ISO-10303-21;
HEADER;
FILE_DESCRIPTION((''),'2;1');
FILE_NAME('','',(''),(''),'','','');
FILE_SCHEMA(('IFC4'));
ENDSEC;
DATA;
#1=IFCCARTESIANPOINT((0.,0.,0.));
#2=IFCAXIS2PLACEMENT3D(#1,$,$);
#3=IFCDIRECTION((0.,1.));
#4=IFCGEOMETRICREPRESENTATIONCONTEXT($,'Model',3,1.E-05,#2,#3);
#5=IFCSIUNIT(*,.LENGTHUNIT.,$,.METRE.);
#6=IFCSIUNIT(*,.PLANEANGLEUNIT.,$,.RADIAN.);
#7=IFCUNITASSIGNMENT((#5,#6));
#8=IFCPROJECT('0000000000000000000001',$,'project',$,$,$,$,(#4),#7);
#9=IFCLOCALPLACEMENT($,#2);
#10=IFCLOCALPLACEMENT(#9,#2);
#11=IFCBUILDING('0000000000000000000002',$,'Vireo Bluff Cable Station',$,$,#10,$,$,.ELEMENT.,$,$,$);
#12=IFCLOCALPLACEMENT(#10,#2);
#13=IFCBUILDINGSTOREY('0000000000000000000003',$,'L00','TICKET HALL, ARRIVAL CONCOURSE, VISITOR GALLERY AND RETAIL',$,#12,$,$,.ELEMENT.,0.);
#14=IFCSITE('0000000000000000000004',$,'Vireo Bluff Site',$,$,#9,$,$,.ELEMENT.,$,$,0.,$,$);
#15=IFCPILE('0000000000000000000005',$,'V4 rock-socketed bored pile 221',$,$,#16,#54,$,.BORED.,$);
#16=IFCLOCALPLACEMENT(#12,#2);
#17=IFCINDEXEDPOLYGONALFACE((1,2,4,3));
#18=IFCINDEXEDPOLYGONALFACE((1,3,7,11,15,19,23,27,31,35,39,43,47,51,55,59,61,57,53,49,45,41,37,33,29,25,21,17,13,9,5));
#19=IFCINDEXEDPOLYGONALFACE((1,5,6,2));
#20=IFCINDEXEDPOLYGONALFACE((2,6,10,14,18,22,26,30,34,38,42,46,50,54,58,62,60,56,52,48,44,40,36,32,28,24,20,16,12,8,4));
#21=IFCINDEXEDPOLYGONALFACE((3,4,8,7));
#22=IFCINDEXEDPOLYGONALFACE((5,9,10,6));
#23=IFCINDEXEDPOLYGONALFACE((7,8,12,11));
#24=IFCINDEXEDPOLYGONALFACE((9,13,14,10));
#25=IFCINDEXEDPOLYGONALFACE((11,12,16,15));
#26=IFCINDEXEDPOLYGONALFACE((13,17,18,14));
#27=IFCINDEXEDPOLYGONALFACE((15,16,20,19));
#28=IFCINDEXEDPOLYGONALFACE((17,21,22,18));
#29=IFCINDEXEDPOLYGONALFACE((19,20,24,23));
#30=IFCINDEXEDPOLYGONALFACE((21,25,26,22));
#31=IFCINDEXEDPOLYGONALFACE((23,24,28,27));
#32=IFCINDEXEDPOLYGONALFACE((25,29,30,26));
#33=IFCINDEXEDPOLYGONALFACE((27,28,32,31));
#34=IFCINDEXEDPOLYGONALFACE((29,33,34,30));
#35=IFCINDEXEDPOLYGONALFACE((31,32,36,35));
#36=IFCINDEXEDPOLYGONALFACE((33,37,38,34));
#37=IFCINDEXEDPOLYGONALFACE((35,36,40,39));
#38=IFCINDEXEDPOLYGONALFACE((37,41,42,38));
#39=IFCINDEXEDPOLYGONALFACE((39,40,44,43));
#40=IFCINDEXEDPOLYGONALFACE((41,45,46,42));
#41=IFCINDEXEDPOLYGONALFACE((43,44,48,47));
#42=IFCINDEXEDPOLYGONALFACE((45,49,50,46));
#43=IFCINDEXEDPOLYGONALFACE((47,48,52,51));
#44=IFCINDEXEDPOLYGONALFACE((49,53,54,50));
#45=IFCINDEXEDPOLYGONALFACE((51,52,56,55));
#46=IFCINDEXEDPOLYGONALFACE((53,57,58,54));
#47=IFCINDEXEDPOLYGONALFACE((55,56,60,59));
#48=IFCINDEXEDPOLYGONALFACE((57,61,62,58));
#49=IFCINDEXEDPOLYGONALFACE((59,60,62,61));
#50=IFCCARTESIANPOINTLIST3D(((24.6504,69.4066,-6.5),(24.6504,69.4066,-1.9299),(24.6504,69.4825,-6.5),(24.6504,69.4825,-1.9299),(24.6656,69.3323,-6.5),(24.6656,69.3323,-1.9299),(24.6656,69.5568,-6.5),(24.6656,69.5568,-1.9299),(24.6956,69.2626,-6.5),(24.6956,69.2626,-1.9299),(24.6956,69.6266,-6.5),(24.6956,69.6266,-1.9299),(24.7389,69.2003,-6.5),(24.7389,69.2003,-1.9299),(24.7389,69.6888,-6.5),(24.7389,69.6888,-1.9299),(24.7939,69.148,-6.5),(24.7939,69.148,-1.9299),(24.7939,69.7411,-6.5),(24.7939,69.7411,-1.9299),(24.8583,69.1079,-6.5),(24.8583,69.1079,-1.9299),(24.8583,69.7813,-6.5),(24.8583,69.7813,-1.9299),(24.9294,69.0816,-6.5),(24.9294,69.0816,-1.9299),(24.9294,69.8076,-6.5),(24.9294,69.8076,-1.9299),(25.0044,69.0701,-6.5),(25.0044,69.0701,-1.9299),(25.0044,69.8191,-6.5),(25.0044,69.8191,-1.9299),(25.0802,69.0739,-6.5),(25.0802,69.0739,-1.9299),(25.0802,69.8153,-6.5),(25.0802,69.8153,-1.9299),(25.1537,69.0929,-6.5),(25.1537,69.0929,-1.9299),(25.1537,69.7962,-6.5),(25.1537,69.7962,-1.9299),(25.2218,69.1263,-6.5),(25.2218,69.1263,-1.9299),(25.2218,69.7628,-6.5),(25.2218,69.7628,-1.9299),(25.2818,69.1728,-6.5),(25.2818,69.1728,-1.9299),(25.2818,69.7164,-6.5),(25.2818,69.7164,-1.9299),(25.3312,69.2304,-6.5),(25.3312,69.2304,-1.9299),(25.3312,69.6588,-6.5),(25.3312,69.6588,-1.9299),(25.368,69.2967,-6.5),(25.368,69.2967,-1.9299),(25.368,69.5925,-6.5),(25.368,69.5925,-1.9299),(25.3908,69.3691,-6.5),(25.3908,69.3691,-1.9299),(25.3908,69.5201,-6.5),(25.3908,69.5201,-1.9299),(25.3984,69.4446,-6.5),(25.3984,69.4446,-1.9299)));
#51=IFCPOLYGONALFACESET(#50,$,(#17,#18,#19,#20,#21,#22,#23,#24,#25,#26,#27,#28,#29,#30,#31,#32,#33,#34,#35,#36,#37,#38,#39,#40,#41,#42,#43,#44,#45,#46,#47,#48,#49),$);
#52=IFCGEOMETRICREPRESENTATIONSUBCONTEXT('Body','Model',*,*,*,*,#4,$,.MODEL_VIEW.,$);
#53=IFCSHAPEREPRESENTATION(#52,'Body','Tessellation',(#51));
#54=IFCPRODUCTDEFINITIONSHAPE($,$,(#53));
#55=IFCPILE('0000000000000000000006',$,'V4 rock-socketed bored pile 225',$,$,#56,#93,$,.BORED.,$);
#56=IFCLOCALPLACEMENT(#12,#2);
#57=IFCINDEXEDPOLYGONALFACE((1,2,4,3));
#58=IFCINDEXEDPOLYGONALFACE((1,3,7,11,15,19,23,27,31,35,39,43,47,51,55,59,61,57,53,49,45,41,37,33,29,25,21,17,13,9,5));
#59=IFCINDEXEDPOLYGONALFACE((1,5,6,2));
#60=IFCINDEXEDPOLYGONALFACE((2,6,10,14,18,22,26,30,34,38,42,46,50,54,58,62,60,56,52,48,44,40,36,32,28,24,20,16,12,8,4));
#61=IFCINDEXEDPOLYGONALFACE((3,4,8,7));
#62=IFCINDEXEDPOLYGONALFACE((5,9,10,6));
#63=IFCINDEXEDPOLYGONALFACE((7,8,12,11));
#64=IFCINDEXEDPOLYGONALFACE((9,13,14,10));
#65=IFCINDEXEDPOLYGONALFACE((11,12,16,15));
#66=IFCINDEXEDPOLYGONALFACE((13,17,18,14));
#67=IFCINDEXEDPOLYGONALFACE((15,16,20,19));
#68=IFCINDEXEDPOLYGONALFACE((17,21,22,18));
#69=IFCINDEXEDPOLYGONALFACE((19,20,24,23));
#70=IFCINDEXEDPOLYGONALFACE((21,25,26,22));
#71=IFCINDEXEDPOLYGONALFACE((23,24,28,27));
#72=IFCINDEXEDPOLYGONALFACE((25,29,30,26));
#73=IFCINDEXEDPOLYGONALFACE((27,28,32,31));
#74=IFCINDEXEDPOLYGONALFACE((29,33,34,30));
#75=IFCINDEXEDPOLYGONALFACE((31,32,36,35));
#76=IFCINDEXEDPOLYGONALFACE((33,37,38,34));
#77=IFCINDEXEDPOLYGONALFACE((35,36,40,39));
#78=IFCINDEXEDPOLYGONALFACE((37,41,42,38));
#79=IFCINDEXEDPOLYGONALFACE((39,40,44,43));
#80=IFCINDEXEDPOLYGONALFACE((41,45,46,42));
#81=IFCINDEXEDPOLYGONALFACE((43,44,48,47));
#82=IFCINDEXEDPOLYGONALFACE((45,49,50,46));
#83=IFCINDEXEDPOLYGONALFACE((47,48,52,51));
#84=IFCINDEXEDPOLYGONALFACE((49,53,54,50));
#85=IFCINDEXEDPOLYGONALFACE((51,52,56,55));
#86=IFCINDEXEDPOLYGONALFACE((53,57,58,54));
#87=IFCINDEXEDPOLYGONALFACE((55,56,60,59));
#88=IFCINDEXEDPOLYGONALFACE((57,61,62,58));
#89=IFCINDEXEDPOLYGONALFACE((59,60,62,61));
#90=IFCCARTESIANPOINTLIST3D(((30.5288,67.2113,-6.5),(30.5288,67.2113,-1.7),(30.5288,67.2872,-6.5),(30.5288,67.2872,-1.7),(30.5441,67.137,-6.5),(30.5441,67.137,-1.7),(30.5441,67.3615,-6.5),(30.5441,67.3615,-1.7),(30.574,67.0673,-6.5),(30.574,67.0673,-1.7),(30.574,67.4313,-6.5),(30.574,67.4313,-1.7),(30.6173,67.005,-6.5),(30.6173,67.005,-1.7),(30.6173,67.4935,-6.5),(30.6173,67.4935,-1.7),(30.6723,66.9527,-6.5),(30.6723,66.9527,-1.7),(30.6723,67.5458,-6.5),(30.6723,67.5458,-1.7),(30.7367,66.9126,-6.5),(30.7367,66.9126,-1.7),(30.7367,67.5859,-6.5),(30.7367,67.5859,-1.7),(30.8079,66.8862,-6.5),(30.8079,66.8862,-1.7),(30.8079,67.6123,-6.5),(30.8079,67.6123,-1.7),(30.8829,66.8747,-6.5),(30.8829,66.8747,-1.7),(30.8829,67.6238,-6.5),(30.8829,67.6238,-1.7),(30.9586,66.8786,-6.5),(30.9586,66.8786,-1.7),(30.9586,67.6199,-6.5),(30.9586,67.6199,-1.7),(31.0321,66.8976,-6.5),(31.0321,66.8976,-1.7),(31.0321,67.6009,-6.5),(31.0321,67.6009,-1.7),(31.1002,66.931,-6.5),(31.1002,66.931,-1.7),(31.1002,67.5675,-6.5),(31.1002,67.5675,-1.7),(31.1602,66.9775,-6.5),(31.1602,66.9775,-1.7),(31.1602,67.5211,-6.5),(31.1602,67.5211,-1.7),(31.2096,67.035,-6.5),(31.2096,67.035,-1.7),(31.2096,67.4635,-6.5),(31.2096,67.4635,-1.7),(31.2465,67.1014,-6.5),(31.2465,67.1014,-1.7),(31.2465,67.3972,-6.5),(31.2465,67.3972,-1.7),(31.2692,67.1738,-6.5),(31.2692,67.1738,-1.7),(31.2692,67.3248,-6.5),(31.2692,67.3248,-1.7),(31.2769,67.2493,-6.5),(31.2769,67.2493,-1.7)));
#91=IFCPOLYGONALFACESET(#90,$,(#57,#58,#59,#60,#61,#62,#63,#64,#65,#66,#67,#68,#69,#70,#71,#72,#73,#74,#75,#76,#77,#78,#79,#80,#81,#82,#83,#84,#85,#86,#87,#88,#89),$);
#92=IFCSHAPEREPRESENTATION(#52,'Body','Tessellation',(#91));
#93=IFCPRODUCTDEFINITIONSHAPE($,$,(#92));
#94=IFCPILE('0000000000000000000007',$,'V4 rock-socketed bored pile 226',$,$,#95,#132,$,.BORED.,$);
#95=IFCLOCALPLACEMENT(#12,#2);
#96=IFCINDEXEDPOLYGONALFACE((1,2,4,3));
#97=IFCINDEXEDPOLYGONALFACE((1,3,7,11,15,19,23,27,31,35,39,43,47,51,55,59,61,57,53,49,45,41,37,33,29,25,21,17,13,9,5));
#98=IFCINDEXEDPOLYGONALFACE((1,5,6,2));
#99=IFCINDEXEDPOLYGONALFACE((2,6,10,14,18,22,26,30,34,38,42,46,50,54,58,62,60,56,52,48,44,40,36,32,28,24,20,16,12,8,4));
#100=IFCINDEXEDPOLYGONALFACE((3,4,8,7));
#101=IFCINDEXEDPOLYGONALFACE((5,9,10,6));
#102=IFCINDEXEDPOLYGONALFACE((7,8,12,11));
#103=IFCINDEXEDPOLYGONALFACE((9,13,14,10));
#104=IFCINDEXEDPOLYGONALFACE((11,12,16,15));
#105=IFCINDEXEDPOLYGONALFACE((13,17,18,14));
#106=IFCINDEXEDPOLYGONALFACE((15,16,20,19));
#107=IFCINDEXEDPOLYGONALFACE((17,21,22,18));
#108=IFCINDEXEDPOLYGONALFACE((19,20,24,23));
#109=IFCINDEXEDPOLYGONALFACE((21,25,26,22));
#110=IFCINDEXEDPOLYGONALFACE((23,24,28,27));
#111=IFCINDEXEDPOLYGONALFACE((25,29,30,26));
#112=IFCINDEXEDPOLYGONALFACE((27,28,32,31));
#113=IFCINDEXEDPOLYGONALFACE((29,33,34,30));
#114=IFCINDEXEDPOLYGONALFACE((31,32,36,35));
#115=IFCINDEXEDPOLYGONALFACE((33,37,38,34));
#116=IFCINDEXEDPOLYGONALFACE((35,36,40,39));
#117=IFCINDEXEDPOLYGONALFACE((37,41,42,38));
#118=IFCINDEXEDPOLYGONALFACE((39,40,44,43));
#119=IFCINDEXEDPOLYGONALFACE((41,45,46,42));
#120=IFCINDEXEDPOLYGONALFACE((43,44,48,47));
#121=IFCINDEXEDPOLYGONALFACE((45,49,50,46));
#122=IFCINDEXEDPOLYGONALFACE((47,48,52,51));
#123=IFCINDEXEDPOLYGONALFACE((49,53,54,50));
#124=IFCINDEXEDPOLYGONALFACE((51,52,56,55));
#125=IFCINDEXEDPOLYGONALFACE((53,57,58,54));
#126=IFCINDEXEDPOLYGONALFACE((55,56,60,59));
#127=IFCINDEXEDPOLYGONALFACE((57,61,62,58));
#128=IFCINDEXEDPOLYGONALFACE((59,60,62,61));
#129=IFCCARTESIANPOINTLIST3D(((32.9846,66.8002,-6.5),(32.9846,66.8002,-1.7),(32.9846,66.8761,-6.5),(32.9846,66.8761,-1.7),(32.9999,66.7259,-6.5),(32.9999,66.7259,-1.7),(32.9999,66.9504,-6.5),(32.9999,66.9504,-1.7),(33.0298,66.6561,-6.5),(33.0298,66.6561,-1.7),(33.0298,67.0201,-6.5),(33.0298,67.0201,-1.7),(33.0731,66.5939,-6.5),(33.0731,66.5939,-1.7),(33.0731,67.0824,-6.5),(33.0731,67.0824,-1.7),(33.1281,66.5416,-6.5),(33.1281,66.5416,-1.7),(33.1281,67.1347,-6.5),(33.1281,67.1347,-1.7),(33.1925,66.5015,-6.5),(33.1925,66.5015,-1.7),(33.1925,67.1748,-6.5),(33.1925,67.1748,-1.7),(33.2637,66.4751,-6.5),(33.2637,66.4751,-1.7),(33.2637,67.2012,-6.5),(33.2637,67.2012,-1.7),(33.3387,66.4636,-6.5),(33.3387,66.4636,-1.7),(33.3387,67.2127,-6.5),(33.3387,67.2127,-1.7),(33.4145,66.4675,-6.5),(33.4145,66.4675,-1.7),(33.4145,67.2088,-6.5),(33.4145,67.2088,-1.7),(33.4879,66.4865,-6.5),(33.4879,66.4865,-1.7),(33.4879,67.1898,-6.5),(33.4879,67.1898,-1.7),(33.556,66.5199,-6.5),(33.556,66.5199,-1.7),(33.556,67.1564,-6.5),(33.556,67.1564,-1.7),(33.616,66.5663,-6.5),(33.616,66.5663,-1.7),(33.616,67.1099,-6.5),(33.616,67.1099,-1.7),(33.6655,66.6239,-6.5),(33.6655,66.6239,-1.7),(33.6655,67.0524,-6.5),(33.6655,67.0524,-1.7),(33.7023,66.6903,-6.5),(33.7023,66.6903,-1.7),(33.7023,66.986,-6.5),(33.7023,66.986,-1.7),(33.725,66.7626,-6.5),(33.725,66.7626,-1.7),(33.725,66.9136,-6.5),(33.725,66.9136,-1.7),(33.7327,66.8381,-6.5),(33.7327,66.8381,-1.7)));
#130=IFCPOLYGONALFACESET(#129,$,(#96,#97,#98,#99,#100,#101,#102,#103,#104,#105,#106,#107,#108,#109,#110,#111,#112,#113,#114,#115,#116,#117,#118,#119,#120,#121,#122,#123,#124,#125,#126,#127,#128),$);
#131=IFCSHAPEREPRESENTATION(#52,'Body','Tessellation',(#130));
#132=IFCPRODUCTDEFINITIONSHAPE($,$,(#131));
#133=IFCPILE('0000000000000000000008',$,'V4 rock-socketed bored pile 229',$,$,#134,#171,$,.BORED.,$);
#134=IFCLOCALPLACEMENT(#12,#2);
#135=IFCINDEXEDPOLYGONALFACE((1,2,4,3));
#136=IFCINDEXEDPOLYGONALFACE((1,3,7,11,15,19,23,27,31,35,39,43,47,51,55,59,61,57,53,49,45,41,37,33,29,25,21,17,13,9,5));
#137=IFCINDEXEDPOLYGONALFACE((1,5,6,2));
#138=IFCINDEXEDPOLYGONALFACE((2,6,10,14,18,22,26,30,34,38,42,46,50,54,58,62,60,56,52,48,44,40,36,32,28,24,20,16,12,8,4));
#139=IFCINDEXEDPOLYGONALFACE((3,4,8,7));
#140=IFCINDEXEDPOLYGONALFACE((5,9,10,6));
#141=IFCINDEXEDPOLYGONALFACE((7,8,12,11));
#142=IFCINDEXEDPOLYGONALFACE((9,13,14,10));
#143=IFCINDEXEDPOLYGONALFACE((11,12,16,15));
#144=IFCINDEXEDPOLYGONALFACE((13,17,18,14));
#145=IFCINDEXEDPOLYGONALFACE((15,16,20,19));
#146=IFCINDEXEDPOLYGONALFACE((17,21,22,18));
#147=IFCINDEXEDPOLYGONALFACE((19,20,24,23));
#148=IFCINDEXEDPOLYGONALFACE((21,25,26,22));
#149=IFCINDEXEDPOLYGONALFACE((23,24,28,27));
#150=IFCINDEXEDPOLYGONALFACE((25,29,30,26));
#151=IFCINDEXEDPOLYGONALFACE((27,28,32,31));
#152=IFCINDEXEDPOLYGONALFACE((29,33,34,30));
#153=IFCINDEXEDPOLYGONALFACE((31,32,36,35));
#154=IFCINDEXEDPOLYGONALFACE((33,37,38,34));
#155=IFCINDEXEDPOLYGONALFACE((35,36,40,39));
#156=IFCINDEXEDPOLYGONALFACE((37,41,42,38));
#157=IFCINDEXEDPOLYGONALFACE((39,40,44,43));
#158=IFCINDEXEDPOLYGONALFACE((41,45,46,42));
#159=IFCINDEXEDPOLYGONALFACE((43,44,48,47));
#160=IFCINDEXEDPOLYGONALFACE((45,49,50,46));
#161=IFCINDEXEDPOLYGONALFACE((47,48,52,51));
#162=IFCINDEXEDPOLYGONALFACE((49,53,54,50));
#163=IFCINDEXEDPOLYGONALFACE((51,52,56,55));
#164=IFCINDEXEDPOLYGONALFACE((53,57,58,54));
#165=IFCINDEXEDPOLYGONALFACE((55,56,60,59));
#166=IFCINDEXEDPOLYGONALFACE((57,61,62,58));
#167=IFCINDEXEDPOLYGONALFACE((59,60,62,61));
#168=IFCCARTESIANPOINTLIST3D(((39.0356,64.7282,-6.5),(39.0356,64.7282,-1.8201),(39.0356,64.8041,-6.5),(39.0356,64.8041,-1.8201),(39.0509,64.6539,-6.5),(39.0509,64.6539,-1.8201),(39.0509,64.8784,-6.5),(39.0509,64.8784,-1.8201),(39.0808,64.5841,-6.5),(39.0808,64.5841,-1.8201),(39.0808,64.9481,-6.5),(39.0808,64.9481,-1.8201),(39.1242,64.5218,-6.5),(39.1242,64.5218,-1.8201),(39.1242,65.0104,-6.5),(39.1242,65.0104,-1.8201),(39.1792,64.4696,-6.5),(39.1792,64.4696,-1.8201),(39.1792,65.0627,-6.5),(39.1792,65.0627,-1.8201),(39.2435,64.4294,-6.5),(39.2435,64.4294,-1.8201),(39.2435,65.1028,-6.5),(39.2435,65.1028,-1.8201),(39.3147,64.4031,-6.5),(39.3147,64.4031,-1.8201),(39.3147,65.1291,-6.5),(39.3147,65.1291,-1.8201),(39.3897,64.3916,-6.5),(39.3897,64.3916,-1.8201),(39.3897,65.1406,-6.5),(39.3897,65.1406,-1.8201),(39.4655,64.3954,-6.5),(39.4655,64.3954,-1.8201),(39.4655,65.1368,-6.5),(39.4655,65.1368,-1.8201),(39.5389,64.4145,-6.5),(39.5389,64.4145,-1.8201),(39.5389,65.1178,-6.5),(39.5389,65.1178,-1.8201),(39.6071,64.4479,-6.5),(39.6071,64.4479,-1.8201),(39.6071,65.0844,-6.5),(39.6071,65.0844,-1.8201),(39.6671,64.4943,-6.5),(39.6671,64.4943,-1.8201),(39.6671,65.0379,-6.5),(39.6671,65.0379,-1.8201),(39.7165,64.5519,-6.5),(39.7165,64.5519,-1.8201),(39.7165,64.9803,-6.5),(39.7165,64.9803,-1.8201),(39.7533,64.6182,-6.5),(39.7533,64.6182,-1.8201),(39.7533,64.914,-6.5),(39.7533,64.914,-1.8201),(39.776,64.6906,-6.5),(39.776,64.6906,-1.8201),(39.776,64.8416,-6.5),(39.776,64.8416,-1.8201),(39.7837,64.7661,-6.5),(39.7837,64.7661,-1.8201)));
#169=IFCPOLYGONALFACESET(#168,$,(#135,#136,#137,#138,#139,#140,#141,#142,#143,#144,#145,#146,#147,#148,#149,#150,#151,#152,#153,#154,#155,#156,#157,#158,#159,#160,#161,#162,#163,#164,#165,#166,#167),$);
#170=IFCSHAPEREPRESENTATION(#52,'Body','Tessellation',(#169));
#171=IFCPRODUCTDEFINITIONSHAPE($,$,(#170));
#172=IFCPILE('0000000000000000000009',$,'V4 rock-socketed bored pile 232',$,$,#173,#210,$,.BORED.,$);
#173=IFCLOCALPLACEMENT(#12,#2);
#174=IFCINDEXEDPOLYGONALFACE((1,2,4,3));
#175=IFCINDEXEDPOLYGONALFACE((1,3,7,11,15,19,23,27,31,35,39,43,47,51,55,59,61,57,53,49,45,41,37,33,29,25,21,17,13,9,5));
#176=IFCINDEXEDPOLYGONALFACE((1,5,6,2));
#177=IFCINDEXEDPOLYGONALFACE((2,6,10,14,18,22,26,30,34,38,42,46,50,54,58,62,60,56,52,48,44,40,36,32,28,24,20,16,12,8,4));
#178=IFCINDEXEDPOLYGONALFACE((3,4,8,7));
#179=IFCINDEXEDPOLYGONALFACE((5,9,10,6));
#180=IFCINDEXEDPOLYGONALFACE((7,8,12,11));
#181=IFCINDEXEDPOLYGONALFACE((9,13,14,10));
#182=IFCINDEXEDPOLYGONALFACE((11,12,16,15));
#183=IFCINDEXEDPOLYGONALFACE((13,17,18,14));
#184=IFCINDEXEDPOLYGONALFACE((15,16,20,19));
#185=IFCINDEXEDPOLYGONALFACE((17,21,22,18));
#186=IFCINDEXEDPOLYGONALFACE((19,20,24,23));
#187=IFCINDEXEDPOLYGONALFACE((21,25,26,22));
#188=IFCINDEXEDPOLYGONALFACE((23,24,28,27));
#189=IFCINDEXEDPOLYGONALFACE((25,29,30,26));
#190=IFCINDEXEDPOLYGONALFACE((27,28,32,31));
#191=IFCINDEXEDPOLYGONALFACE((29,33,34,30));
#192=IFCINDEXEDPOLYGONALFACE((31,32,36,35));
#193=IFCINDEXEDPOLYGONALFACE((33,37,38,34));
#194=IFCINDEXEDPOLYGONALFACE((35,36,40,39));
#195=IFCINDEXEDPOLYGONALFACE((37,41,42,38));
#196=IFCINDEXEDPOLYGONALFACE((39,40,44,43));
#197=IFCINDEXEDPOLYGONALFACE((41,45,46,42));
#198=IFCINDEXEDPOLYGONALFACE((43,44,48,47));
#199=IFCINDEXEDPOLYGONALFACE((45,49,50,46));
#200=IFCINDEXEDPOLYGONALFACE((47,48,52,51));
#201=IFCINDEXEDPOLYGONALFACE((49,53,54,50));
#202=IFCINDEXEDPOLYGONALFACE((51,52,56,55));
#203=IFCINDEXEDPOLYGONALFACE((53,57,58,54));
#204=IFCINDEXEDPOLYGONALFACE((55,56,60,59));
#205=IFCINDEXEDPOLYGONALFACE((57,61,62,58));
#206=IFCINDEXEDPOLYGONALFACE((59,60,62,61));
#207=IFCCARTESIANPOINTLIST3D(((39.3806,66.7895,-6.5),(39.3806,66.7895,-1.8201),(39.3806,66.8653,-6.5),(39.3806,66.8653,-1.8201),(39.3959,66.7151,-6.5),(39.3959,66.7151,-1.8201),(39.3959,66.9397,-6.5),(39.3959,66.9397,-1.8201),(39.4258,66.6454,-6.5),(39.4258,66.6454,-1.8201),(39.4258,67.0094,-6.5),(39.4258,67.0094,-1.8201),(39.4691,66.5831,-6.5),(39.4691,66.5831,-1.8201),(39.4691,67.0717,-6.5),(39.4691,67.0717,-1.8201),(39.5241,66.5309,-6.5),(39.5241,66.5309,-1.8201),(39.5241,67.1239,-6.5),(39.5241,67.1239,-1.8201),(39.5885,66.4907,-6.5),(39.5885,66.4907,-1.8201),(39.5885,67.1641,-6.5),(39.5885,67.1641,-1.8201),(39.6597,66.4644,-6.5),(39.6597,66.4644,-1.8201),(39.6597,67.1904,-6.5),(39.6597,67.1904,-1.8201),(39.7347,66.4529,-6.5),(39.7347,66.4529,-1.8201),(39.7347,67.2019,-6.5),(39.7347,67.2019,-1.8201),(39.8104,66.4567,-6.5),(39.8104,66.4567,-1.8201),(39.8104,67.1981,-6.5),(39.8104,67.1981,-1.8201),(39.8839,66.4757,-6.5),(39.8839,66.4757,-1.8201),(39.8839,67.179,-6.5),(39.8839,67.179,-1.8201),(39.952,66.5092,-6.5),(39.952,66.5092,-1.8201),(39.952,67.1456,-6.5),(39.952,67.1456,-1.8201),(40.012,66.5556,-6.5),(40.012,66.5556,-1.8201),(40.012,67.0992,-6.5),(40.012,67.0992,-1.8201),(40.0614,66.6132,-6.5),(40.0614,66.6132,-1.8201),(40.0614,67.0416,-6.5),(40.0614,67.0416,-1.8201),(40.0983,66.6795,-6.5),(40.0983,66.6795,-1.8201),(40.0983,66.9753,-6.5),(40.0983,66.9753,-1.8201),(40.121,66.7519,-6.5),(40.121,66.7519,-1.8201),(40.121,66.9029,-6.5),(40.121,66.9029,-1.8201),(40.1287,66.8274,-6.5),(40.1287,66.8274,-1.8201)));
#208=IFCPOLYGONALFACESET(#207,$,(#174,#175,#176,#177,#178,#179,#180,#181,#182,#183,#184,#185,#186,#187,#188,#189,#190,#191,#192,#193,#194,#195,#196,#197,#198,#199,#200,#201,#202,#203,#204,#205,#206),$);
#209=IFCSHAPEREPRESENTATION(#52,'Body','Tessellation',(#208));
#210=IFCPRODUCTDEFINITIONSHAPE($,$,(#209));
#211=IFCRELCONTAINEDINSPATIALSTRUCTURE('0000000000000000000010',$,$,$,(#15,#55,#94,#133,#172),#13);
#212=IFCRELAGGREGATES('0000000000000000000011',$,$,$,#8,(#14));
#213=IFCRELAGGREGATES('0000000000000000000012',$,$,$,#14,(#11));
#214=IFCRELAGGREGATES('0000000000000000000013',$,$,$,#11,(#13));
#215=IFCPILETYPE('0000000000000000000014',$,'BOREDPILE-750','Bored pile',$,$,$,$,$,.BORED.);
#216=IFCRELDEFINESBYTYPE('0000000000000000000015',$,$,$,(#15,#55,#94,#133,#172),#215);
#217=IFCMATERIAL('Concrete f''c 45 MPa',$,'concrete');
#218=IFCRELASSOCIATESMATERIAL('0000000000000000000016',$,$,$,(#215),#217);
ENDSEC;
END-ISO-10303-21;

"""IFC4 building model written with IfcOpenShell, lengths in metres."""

from ifc_helpers import new_model, si_unit, direction, frame, origin, origin_2d, place, context, subcontext, project, spatial, circle, extrude, material, material_profile, profile_set, type_object, element, save


model = new_model("IFC4")

# Units and contexts
model_context = context("Model", 3, precision=1e-05, world=origin(), true_north=direction((0.0, 1.0)))
body_context = subcontext(model_context, "Body", "Model", "MODEL_VIEW")
ifc_project = project(units=[si_unit("LENGTHUNIT", "METRE"), si_unit("PLANEANGLEUNIT", "RADIAN")], contexts=[model_context])

# Site, building, storey
site_placement = place(None, origin())
site = spatial("IfcSite", under=ifc_project, at=site_placement, Name="Vireo Bluff Site", CompositionType="ELEMENT", RefElevation=0.0)
building_placement = place(site_placement, origin())
building = spatial("IfcBuilding", under=site, at=building_placement, Name="Vireo Bluff Cable Station", CompositionType="ELEMENT")
storey_placement = place(building_placement, origin())
storey = spatial("IfcBuildingStorey", under=building, at=storey_placement, Name="L00", Description="TICKET HALL, ARRIVAL CONCOURSE, VISITOR GALLERY AND RETAIL", CompositionType="ELEMENT", Elevation=0.0)

# Piles
ifc_material_1 = material(Name="Concrete f'c 45 MPa", Category="concrete")
ifc_material_profile_1 = material_profile(ifc_material_1, circle(Radius=0.375, at=origin_2d()), Name="BOREDPILE-750")
ifc_profile_set_1 = profile_set([ifc_material_profile_1], Name="Concrete f'c 45 MPa")
pile_type = type_object("IfcPileType", Name="BOREDPILE-750", Description="Bored pile", PredefinedType="BORED", material=ifc_profile_set_1)
pile_1_placement = place(storey_placement, frame((25.0234, 69.4446, -1.9299), z_axis=(0.0, 0.0, -1.0), x_axis=(1.0, 0.0, 0.0)))
element("IfcPile", 1, at=pile_1_placement, inside=storey, type_object=pile_type, Name="V4 rock-socketed bored pile 221", PredefinedType="BORED", context=body_context, shape_type="SweptSolid", body=[
    extrude(circle(Radius=0.375, at=origin_2d()), origin(), (0.0, 0.0, 1.0), 4.5701),
])
for number, where, z_axis, x_axis, name in (
    (2, (30.9019, 67.2493, -1.7), (0.0, 0.0, -1.0), (1.0, 0.0, 0.0), "V4 rock-socketed bored pile 225"),
    (3, (33.3577, 66.8381, -1.7), (0.0, 0.0, -1.0), (1.0, 0.0, 0.0), "V4 rock-socketed bored pile 226"),
):
    element("IfcPile", number, at=place(storey_placement, frame(where, z_axis=z_axis, x_axis=x_axis)), inside=storey, type_object=pile_type, Name=name, PredefinedType="BORED", context=body_context, shape_type="SweptSolid", body=[
        extrude(circle(Radius=0.375, at=origin_2d()), origin(), (0.0, 0.0, 1.0), 4.8),
    ])
for number, where, z_axis, x_axis, name in (
    (4, (39.4087, 64.7661, -1.8201), (0.0, 0.0, -1.0), (1.0, 0.0, 0.0), "V4 rock-socketed bored pile 229"),
    (5, (39.7537, 66.8274, -1.8201), (0.0, 0.0, -1.0), (1.0, 0.0, 0.0), "V4 rock-socketed bored pile 232"),
):
    element("IfcPile", number, at=place(storey_placement, frame(where, z_axis=z_axis, x_axis=x_axis)), inside=storey, type_object=pile_type, Name=name, PredefinedType="BORED", context=body_context, shape_type="SweptSolid", body=[
        extrude(circle(Radius=0.375, at=origin_2d()), origin(), (0.0, 0.0, 1.0), 4.6799),
    ])

save(model, "model.ifc")
